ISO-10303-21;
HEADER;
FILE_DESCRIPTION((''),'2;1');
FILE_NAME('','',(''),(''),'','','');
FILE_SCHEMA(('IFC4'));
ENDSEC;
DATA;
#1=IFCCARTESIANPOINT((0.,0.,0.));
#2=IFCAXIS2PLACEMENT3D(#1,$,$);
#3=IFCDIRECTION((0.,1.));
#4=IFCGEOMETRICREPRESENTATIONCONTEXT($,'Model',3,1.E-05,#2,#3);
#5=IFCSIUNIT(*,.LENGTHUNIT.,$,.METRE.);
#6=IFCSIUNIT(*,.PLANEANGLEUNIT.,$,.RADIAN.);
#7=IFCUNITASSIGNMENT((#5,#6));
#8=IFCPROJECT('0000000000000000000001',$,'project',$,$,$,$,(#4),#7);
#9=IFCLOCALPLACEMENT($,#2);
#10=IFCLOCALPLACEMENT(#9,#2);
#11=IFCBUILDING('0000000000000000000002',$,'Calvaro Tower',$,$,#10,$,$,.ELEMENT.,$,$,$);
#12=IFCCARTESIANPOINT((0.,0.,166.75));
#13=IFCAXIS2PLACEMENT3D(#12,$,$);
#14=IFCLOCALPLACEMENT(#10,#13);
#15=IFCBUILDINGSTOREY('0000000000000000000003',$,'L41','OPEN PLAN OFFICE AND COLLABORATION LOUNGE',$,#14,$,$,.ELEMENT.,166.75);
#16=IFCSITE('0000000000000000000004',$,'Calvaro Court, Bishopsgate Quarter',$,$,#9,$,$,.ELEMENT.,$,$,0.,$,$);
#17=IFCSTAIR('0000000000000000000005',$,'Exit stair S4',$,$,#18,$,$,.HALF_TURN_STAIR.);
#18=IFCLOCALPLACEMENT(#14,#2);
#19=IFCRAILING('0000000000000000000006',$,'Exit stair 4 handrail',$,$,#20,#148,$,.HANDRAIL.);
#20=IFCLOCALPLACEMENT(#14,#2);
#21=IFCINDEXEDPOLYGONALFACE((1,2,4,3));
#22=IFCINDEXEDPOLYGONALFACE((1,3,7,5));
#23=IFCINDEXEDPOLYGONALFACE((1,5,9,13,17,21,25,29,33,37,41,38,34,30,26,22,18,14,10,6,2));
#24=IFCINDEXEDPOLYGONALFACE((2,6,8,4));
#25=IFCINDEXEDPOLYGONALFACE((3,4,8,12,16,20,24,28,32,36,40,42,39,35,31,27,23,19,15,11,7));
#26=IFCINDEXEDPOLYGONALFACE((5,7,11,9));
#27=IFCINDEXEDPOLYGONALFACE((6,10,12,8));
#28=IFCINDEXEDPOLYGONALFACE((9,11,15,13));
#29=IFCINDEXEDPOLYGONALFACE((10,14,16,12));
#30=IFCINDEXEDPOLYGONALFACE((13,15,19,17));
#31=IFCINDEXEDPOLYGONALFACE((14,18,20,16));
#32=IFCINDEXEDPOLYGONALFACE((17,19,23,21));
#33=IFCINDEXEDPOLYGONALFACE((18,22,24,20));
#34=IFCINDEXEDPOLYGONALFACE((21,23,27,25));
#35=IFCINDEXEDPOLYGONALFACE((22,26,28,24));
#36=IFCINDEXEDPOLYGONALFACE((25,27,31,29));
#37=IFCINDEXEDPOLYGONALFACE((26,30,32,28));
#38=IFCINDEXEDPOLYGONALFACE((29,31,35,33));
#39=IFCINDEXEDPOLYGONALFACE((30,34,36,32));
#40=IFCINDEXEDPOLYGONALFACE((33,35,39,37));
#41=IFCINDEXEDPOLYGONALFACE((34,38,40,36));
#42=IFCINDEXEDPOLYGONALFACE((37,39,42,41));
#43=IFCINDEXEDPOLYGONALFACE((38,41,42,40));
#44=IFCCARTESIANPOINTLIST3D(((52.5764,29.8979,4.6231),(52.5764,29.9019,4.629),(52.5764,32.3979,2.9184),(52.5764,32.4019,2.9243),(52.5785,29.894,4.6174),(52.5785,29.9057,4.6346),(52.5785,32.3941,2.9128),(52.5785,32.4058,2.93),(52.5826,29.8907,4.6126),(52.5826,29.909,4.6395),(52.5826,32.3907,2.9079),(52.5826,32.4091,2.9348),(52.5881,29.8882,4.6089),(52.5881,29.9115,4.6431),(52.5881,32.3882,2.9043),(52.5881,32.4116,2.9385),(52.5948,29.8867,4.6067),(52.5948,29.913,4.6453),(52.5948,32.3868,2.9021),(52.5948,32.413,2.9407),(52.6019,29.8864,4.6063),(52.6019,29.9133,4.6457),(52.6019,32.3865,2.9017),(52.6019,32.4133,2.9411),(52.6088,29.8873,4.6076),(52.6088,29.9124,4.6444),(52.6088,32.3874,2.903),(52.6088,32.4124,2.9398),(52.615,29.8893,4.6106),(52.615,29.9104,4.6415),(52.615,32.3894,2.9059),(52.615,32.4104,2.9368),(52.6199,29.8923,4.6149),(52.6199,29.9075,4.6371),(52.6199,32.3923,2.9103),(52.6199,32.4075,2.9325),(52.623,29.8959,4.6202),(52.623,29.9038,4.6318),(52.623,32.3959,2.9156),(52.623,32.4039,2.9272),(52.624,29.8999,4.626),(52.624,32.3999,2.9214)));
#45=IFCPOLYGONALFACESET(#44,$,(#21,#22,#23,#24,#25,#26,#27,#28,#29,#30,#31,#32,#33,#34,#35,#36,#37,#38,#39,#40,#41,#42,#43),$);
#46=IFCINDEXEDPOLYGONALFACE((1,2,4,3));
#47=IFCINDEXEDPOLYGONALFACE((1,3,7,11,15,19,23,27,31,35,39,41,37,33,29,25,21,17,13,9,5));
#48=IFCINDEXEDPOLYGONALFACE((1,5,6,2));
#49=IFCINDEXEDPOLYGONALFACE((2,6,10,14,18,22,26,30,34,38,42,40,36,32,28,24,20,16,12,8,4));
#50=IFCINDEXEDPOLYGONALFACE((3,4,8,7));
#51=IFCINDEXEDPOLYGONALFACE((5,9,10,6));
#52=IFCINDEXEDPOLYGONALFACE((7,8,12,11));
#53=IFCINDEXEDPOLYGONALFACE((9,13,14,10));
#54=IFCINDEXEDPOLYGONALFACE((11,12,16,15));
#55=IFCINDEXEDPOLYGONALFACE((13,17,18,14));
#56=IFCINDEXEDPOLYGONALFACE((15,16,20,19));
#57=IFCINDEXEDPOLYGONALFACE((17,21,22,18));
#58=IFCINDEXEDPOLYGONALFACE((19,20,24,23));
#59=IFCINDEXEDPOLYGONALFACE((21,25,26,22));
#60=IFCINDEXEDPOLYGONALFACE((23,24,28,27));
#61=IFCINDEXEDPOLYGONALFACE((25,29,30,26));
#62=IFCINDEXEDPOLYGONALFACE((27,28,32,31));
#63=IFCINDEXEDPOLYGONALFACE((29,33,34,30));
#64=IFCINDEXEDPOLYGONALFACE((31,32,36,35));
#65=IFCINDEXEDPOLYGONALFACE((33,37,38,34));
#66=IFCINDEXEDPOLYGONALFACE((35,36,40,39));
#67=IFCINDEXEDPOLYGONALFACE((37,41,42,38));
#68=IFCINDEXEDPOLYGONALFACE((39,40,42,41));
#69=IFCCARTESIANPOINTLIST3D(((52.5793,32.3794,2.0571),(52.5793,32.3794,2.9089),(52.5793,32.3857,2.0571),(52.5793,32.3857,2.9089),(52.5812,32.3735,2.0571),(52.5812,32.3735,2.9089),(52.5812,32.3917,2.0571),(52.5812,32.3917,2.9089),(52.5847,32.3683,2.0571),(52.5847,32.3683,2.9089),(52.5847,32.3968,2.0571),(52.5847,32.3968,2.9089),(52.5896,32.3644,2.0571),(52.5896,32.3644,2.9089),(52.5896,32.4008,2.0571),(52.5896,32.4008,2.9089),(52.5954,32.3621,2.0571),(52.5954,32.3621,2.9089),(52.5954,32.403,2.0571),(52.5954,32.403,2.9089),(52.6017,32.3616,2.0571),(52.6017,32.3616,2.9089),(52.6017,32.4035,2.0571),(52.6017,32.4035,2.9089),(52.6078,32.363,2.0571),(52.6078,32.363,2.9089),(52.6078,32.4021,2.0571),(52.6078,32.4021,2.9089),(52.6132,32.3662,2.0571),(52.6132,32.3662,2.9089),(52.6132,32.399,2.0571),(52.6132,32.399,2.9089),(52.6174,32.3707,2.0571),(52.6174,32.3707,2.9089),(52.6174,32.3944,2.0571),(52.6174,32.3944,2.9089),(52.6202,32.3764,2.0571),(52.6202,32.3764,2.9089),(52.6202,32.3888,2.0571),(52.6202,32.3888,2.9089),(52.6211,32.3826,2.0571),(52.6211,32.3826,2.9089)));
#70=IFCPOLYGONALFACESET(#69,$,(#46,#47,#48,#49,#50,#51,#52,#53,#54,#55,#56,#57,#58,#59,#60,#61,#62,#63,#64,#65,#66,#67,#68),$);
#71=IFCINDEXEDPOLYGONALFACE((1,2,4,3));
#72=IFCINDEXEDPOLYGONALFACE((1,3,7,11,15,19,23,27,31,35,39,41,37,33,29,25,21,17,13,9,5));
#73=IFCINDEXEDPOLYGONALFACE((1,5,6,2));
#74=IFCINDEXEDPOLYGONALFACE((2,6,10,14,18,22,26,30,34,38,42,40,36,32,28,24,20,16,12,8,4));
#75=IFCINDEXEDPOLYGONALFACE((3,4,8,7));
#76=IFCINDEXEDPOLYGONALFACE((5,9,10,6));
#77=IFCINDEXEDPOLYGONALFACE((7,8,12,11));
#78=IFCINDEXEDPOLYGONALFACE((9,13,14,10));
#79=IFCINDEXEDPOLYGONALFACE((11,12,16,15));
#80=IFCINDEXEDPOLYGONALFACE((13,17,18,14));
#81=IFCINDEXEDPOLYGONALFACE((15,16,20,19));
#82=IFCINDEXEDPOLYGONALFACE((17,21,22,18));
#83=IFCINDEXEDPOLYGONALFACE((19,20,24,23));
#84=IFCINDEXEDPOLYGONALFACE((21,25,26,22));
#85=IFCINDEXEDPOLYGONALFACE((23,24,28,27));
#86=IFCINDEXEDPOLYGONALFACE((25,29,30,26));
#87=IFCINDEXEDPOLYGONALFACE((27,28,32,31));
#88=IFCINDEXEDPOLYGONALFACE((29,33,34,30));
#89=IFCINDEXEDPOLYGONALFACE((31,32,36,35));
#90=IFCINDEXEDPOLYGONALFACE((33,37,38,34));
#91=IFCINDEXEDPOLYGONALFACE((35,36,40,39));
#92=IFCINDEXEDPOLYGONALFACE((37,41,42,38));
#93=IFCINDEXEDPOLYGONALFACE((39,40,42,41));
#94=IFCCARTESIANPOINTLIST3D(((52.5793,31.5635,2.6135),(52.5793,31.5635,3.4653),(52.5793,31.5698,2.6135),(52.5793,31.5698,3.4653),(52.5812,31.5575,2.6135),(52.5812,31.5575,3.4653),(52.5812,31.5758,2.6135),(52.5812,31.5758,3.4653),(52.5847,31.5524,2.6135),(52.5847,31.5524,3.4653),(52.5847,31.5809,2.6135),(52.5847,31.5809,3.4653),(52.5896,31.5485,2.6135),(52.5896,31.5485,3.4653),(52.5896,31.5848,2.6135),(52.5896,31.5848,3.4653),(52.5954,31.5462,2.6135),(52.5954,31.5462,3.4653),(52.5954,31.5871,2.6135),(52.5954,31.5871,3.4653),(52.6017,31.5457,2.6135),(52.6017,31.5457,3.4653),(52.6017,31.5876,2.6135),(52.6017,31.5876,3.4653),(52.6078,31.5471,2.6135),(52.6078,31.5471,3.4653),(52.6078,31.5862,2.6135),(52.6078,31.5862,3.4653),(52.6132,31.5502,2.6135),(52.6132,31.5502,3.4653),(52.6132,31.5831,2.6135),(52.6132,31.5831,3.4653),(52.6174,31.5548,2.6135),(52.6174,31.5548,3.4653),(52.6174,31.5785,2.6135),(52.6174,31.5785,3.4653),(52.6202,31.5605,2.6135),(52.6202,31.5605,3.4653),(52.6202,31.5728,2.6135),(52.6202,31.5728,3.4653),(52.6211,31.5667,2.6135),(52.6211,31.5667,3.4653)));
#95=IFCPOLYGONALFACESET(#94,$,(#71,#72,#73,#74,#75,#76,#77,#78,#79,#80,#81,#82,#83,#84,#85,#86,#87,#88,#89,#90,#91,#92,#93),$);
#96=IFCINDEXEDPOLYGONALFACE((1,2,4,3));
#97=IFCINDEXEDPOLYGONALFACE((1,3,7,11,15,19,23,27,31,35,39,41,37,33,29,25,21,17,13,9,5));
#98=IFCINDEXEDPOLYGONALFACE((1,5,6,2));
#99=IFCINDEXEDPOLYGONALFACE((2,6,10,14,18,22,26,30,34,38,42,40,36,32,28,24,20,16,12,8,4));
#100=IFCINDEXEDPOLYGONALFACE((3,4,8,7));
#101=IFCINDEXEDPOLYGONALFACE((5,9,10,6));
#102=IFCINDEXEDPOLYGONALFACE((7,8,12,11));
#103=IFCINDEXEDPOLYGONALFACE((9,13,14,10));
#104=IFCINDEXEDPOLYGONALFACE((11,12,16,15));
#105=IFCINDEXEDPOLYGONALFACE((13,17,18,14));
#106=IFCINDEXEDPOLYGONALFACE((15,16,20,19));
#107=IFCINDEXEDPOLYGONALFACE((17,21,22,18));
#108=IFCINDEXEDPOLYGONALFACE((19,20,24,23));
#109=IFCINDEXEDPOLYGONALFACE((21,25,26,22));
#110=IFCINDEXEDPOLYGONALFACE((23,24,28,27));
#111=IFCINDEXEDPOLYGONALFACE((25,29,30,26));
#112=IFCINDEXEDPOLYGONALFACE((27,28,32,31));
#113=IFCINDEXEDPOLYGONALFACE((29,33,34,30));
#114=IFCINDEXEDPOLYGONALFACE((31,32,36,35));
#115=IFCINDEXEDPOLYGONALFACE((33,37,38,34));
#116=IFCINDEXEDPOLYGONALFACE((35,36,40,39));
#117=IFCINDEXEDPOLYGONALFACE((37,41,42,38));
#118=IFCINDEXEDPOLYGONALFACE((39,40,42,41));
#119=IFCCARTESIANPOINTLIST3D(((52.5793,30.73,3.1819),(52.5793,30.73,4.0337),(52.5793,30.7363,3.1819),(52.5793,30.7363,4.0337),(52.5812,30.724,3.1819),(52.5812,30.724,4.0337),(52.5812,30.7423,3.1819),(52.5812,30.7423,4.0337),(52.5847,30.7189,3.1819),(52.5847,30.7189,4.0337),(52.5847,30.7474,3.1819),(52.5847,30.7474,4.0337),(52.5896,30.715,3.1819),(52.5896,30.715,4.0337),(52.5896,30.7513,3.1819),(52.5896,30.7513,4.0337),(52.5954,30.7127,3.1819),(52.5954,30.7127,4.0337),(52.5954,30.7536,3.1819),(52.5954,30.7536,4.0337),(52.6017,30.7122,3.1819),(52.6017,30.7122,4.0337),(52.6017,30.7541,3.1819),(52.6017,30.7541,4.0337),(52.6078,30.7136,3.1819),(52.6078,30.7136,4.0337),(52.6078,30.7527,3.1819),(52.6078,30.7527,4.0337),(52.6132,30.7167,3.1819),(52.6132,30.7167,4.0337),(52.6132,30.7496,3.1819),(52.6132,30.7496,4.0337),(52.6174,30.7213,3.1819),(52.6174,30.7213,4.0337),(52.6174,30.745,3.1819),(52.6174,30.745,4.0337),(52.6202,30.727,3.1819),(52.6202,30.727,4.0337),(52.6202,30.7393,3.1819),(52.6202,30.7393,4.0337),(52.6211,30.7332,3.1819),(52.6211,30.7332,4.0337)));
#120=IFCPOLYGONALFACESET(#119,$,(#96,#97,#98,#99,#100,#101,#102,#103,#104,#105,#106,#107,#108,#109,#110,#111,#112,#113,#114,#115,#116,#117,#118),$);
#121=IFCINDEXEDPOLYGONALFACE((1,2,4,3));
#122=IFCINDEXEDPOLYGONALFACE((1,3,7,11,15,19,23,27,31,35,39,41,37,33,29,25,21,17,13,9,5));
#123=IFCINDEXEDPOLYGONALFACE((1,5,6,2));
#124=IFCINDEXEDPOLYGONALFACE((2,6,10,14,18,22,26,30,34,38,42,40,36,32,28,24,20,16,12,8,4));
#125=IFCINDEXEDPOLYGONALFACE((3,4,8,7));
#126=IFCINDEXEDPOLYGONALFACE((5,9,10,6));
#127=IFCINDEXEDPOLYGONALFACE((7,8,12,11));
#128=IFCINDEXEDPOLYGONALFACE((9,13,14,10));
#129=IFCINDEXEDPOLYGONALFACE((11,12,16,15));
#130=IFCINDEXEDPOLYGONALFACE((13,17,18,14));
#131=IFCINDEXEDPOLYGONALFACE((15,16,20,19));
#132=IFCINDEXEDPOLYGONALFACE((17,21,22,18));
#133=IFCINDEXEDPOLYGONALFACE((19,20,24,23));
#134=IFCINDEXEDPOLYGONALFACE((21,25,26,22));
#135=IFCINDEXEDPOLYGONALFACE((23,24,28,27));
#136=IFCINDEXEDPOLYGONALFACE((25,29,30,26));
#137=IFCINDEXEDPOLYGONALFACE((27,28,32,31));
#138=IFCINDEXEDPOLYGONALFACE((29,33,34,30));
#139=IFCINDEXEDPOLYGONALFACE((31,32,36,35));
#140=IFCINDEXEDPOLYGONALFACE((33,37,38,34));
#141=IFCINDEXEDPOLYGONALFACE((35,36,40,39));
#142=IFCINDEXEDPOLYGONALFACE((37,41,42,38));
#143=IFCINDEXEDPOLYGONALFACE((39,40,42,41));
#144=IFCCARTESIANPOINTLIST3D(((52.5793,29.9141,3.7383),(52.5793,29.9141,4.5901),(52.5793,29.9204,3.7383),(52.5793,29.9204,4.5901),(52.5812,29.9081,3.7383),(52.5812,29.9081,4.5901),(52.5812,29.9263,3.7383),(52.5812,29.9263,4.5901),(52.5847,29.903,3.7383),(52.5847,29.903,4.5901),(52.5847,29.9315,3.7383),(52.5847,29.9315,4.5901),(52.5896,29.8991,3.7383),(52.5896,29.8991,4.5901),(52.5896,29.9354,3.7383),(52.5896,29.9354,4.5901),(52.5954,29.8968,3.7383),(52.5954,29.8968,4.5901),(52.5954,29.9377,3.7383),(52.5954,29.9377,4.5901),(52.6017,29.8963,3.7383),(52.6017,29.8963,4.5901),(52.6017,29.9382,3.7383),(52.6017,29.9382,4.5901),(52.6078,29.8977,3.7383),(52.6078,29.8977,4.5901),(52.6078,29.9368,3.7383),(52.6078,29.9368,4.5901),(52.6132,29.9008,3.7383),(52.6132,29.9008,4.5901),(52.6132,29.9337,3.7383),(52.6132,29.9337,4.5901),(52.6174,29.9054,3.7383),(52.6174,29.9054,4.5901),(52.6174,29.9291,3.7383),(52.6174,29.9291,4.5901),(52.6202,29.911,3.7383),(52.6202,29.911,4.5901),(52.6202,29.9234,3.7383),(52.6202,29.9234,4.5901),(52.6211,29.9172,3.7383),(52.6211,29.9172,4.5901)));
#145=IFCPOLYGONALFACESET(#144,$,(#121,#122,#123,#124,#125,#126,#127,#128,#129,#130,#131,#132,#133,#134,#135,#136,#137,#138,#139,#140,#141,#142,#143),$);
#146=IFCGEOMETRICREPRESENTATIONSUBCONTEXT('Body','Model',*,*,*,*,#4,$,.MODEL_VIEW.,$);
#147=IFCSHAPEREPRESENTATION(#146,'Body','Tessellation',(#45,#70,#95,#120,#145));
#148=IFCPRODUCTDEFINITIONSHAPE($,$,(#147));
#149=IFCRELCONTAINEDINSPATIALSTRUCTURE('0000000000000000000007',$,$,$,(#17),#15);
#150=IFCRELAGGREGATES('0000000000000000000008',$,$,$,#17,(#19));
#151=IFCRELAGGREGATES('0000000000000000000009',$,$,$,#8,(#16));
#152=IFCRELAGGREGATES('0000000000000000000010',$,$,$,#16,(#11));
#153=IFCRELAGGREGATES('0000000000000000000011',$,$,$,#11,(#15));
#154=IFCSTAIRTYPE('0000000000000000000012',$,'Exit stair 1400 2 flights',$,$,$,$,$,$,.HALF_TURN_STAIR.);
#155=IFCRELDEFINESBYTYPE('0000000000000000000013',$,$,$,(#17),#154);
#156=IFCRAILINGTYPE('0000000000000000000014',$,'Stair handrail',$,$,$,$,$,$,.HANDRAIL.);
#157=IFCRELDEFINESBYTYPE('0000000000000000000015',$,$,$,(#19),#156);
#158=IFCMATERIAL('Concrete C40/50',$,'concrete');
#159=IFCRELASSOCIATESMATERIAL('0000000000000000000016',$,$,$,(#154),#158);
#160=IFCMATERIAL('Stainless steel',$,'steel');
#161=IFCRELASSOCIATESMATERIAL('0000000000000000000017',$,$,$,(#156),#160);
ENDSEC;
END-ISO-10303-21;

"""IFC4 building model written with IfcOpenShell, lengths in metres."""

from ifc_helpers import new_model, si_unit, direction, frame, origin, origin_2d, place, context, subcontext, project, spatial, circle, extrude, material, type_object, element, aggregate, save


model = new_model("IFC4")

# Units and contexts
model_context = context("Model", 3, precision=1e-05, world=origin(), true_north=direction((0.0, 1.0)))
body_context = subcontext(model_context, "Body", "Model", "MODEL_VIEW")
ifc_project = project(units=[si_unit("LENGTHUNIT", "METRE"), si_unit("PLANEANGLEUNIT", "RADIAN")], contexts=[model_context])

# Site, building, storey
site_placement = place(None, origin())
site = spatial("IfcSite", under=ifc_project, at=site_placement, Name="Calvaro Court, Bishopsgate Quarter", CompositionType="ELEMENT", RefElevation=0.0)
building_placement = place(site_placement, origin())
building = spatial("IfcBuilding", under=site, at=building_placement, Name="Calvaro Tower", CompositionType="ELEMENT")
storey_placement = place(building_placement, frame((0.0, 0.0, 166.75)))
storey = spatial("IfcBuildingStorey", under=building, at=storey_placement, Name="L41", Description="OPEN PLAN OFFICE AND COLLABORATION LOUNGE", CompositionType="ELEMENT", Elevation=166.75)

# Stair
ifc_material_1 = material(Name="Concrete C40/50", Category="concrete")
stair_type = type_object("IfcStairType", Name="Exit stair 1400 2 flights", PredefinedType="HALF_TURN_STAIR", material=ifc_material_1)
stair_1_placement = place(storey_placement, origin())
stair_1 = element("IfcStair", 1, at=stair_1_placement, inside=storey, type_object=stair_type, Name="Exit stair S4", PredefinedType="HALF_TURN_STAIR")

# Railing
ifc_material_2 = material(Name="Stainless steel", Category="steel")
railing_type = type_object("IfcRailingType", Name="Stair handrail", PredefinedType="HANDRAIL", material=ifc_material_2)
railing_1_placement = place(storey_placement, frame((52.6001, 32.3999, 2.0454)))
railing_1 = element("IfcRailing", 2, at=railing_1_placement, type_object=railing_type, Name="Exit stair 4 handrail", PredefinedType="HANDRAIL", context=body_context, shape_type="SweptSolid", body=[
    extrude(circle(Radius=0.0239, at=origin_2d()), frame((0.0, 0.0, 0.876), z_axis=(0.0, -0.826221, 0.563347), x_axis=(1.0, 0.0, 0.0)), (0.0, 0.0, 1.0), 3.0259),
    extrude(circle(Radius=0.021, at=origin_2d()), frame((0.0, -0.0173, 0.0117)), (0.0, 0.0, 1.0), 0.8518),
    extrude(circle(Radius=0.021, at=origin_2d()), frame((0.0, -0.8333, 0.5681)), (0.0, 0.0, 1.0), 0.8518),
    extrude(circle(Radius=0.021, at=origin_2d()), frame((0.0, -1.6667, 1.1365)), (0.0, 0.0, 1.0), 0.8518),
    extrude(circle(Radius=0.021, at=origin_2d()), frame((0.0, -2.4827, 1.6929)), (0.0, 0.0, 1.0), 0.8518),
])
aggregate(stair_1, [railing_1])

save(model, "model.ifc")
